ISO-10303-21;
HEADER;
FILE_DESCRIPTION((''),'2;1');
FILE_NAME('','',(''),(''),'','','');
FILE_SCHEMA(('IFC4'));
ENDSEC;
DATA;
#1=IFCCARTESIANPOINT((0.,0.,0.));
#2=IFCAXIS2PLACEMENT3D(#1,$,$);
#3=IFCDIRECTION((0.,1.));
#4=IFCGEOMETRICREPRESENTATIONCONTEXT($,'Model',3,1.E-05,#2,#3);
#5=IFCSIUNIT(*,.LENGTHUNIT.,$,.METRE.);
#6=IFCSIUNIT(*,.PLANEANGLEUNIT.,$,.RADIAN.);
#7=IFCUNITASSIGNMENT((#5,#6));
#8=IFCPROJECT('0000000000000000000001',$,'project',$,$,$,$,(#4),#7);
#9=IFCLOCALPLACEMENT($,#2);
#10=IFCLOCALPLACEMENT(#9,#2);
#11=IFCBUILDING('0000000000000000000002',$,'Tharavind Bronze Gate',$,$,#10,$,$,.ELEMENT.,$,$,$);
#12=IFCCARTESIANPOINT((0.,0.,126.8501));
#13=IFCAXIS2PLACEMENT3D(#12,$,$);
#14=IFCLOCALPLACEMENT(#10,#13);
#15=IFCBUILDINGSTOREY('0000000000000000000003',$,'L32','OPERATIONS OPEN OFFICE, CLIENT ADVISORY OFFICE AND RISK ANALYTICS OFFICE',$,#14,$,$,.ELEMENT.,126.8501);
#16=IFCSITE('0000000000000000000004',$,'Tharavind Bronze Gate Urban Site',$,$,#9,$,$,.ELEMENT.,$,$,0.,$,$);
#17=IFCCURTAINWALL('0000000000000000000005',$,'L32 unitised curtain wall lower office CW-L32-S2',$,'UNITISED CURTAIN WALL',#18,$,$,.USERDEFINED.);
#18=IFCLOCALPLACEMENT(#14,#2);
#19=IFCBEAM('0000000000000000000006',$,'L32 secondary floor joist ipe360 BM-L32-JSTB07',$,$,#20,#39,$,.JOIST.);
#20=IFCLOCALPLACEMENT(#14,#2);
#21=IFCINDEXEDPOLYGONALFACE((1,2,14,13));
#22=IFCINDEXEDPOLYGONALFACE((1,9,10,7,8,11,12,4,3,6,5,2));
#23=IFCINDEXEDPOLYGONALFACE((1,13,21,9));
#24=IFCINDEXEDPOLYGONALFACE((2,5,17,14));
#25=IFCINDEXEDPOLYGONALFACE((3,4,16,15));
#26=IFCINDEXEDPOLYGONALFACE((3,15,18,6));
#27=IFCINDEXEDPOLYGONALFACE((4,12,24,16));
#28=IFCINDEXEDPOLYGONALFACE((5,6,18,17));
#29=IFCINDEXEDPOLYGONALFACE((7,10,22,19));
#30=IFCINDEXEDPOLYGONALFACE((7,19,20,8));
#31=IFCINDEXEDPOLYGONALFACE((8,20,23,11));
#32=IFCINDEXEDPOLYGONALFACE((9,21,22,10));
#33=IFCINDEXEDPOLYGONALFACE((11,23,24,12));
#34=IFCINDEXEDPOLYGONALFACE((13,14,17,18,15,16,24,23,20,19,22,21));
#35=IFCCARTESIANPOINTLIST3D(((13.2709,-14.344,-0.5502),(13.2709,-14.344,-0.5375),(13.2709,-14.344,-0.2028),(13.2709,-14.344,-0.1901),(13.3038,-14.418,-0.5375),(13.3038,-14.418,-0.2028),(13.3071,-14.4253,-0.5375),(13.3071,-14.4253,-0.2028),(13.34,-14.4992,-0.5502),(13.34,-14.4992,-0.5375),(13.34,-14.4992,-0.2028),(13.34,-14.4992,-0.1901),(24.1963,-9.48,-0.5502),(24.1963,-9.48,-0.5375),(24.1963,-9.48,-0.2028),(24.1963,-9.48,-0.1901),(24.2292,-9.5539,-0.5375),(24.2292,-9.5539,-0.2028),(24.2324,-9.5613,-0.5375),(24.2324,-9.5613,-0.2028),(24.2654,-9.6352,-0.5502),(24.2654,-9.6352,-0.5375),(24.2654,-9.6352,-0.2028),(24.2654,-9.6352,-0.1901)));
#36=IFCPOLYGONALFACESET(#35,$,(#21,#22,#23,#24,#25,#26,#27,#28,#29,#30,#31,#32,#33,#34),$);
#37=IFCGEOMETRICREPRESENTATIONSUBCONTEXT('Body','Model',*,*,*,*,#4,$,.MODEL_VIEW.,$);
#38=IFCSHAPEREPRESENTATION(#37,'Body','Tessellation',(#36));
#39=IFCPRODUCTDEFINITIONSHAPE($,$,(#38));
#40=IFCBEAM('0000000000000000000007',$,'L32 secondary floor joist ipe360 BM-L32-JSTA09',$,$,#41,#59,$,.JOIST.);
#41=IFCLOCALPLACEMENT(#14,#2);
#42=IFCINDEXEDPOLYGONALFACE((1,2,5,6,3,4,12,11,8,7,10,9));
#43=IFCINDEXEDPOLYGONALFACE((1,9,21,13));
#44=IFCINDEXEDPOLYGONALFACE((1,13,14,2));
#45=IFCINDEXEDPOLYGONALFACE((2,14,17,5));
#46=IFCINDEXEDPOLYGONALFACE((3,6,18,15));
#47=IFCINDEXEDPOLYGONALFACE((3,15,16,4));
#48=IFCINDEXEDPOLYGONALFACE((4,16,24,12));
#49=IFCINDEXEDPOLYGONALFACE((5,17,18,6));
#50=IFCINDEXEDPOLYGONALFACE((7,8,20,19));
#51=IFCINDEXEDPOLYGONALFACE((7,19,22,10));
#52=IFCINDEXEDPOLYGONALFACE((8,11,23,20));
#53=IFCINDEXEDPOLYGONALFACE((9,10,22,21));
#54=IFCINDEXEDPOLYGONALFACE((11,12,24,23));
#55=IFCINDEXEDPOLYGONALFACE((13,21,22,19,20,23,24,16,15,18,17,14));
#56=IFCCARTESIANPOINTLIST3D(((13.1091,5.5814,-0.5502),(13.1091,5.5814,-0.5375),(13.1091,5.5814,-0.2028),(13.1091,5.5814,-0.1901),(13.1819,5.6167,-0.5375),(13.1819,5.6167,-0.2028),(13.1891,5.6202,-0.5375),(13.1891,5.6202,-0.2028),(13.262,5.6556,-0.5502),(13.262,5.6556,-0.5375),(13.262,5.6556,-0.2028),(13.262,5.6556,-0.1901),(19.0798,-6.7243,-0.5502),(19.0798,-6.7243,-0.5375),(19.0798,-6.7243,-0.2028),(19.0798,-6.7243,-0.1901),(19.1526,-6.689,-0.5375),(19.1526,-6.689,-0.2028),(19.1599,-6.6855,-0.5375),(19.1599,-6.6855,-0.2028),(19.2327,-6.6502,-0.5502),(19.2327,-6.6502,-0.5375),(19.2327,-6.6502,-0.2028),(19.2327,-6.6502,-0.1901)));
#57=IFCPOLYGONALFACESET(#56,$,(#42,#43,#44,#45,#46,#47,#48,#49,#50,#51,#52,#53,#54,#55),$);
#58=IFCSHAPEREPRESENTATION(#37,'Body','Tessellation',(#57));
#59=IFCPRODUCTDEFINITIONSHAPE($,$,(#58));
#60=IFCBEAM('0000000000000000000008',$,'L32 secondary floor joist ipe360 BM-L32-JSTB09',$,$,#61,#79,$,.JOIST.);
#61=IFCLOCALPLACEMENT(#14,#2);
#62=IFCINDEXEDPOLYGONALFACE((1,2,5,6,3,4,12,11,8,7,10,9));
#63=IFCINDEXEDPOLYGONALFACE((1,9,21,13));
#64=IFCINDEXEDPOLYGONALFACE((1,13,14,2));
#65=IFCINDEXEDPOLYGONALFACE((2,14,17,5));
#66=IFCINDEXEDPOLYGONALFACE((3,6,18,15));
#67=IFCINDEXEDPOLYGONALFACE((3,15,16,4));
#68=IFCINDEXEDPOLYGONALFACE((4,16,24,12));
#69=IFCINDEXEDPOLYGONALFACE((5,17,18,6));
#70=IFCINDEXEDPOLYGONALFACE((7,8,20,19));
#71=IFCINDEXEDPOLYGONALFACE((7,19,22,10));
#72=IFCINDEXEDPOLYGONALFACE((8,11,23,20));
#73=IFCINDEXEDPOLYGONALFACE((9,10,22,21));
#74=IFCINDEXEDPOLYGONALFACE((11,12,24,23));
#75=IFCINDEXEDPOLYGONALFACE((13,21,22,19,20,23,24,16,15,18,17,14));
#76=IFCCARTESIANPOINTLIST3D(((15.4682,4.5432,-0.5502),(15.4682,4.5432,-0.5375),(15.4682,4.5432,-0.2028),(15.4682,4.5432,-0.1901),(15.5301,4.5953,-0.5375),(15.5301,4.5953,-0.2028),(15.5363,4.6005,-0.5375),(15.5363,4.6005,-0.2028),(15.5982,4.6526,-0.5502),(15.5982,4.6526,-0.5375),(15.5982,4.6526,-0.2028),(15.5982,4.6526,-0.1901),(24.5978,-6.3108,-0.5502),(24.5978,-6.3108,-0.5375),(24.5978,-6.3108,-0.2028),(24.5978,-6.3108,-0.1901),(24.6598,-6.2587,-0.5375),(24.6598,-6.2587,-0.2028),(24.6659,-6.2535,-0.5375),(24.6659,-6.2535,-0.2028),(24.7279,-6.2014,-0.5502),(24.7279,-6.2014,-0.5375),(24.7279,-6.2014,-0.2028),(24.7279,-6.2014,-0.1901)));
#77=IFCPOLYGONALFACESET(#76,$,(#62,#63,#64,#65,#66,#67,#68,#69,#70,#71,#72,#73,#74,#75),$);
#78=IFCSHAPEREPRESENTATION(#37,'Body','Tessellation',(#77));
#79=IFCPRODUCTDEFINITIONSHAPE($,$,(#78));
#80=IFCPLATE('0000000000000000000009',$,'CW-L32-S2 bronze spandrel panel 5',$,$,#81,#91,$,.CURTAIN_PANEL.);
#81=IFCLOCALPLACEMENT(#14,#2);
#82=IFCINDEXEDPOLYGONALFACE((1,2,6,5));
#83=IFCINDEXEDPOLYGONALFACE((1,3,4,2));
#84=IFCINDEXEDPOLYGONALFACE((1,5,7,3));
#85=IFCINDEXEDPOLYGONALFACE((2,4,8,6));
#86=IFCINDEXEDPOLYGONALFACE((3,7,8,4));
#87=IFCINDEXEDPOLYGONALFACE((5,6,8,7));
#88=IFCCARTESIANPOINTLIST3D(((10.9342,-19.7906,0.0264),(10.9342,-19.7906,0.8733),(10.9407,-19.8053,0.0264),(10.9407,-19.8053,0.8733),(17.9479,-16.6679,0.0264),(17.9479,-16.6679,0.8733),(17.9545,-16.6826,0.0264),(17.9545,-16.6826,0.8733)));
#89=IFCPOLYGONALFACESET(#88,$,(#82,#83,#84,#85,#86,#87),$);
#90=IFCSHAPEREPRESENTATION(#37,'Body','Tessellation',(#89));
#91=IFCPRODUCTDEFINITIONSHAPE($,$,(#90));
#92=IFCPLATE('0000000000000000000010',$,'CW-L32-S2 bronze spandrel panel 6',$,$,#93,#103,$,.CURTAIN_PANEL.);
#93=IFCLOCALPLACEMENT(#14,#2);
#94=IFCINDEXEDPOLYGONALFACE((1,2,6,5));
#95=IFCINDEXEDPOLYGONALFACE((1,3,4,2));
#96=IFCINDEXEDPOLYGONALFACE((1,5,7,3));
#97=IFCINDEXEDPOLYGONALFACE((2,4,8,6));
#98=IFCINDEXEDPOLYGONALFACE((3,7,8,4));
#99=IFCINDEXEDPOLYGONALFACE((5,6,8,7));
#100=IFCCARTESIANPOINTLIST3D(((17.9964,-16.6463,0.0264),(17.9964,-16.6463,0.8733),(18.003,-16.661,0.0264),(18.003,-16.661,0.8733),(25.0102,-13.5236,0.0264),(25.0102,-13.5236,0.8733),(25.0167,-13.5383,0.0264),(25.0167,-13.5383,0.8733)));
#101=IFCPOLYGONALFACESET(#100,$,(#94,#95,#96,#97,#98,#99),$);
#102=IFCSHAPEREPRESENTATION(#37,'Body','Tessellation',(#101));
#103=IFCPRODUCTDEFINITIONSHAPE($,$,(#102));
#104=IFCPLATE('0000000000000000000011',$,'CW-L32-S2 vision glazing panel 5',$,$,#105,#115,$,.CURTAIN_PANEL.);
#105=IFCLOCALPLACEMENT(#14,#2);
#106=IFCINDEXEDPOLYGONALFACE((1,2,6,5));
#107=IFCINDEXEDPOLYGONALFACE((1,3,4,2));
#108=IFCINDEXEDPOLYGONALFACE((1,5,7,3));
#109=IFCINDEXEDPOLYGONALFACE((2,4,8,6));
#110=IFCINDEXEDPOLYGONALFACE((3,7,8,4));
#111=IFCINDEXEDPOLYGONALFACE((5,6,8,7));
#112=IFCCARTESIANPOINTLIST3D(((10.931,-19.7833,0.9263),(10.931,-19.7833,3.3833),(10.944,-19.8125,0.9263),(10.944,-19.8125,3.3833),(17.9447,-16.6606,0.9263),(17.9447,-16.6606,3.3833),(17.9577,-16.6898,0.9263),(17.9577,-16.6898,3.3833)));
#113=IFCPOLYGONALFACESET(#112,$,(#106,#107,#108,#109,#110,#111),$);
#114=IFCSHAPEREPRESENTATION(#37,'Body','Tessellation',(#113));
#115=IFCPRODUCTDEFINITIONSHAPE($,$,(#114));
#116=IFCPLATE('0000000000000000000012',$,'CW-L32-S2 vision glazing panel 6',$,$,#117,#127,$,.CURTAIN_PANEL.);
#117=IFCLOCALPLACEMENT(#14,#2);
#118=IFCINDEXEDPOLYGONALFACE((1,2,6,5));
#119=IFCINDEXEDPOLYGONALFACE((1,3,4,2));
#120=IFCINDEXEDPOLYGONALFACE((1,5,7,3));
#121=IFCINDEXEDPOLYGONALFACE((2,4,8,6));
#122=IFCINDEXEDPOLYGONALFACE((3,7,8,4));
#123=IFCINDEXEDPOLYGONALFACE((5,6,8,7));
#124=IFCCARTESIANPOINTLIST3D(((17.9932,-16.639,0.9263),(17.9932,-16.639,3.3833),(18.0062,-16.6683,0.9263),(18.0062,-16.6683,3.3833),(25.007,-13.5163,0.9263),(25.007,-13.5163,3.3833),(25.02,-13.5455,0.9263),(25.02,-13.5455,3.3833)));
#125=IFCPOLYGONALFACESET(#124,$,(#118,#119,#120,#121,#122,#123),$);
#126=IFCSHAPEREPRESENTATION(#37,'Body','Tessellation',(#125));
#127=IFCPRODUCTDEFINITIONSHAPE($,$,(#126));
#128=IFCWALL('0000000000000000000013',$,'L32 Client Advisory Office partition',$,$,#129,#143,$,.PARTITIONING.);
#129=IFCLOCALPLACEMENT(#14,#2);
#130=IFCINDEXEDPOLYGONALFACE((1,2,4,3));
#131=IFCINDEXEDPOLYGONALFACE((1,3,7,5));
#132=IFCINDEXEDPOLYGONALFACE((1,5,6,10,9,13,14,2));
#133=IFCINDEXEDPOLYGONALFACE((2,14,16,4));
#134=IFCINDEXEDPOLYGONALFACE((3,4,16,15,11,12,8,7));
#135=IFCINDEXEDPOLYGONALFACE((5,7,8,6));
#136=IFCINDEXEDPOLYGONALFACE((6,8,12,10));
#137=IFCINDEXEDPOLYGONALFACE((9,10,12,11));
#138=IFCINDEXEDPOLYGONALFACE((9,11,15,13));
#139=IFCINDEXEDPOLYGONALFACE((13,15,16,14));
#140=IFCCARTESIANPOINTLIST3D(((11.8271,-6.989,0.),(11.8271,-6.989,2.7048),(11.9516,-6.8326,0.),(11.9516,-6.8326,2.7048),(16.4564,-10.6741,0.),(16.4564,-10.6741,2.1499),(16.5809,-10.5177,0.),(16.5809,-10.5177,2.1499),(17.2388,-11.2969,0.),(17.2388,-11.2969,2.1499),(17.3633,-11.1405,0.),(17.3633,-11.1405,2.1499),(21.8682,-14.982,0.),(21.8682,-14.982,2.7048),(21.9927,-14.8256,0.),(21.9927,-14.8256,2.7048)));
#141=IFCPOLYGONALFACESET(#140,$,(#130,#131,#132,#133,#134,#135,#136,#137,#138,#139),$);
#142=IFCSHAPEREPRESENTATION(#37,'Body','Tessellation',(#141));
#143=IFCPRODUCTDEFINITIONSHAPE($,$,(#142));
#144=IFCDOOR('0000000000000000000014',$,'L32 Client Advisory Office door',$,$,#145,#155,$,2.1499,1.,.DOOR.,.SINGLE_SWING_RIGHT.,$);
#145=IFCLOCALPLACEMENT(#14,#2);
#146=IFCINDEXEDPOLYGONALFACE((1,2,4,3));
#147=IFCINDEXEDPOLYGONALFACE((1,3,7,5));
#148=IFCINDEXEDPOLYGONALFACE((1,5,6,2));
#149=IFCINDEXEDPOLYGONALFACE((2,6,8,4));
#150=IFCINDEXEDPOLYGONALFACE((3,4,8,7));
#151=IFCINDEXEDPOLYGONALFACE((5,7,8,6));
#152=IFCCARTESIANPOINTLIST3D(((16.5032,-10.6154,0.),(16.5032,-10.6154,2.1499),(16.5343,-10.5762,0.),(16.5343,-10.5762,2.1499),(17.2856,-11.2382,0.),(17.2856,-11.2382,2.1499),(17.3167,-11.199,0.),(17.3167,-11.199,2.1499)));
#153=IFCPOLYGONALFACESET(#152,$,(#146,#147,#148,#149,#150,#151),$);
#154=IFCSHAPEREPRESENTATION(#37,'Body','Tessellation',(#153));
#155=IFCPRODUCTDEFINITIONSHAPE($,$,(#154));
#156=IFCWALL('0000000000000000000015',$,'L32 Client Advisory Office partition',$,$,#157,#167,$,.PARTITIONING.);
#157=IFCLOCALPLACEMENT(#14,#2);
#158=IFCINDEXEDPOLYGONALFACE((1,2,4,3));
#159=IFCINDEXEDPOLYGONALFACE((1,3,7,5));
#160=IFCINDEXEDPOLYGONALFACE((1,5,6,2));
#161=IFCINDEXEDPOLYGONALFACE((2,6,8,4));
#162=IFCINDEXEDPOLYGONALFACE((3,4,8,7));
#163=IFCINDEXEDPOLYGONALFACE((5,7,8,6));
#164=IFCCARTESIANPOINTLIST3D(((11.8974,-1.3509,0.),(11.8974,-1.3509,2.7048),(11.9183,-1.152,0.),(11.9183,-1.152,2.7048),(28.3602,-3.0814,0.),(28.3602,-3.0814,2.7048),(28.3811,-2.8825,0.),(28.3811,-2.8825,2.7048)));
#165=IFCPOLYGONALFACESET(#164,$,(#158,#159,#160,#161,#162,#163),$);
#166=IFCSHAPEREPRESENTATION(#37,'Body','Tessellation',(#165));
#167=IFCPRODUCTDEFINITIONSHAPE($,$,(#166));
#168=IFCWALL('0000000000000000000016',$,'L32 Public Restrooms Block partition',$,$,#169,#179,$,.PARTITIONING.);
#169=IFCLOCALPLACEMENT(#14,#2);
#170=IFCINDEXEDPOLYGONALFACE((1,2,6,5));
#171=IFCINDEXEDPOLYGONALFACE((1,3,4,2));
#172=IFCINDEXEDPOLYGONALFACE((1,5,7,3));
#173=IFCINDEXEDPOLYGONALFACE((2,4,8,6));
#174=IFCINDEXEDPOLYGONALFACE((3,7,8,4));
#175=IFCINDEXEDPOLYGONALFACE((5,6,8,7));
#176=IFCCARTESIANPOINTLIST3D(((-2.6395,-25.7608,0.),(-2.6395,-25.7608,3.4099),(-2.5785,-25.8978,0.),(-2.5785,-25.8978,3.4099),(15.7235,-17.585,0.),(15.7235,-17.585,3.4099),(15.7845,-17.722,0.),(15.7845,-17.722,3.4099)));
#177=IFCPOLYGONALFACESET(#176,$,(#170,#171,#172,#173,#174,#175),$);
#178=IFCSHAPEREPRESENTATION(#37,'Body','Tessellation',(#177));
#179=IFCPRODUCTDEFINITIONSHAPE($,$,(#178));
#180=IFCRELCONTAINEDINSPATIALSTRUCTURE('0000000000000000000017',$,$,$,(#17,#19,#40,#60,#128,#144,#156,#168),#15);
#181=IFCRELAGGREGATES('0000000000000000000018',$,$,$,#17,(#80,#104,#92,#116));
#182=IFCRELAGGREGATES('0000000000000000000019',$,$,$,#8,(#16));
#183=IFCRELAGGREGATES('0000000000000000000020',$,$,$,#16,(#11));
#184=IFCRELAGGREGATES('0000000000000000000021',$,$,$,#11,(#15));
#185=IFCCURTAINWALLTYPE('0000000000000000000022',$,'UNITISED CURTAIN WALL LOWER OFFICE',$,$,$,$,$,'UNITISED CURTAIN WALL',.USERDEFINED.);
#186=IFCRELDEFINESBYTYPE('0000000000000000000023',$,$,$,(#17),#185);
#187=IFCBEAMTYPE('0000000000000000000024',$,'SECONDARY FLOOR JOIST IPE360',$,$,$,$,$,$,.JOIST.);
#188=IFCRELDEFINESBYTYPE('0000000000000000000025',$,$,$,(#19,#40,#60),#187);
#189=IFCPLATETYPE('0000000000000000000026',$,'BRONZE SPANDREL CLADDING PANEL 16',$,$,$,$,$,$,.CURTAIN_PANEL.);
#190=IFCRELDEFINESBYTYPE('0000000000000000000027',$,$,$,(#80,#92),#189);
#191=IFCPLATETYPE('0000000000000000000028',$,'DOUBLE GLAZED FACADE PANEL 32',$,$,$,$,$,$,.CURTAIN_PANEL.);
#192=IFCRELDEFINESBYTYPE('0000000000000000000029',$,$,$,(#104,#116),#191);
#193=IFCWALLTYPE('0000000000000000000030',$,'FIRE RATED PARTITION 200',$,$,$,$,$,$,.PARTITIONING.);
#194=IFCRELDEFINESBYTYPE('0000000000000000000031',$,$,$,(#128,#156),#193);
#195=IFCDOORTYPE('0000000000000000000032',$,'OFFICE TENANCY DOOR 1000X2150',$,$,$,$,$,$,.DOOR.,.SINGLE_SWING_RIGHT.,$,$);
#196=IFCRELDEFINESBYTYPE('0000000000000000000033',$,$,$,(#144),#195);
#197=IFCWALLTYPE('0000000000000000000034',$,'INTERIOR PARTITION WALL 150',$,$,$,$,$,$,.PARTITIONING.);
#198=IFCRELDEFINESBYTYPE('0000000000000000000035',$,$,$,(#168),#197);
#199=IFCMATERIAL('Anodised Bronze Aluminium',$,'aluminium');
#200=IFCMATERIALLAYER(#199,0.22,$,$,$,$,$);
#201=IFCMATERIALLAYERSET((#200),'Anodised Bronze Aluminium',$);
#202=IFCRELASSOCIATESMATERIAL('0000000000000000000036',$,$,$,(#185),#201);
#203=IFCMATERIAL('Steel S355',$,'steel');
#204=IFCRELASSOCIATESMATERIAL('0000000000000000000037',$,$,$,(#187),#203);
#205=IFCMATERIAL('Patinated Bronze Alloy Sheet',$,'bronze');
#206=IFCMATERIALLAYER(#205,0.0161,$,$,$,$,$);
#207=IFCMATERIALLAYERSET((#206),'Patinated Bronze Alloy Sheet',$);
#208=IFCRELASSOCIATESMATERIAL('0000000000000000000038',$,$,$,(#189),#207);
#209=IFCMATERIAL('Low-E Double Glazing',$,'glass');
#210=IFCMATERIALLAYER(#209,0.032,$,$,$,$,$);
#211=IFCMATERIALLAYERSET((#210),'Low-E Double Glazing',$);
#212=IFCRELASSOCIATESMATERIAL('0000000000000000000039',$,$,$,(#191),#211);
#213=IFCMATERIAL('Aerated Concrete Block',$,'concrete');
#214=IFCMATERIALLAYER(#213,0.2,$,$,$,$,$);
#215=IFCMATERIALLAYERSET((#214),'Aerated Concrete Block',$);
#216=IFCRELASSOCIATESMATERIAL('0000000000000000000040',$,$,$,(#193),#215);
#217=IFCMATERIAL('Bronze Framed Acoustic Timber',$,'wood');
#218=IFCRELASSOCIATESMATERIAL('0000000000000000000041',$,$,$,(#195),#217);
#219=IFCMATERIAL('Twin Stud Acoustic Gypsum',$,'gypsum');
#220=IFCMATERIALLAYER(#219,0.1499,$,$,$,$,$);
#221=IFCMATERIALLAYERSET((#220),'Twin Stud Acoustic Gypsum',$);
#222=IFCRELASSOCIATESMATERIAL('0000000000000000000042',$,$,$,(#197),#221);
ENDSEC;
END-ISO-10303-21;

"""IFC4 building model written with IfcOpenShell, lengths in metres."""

from ifc_helpers import new_model, si_unit, direction, frame, frame_2d, origin, origin_2d, place, context, subcontext, project, spatial, rectangle, i_section, extrude, material, layer, layer_set, material_profile, profile_set, type_object, element, fill, aggregate, save


model = new_model("IFC4")

# Units and contexts
model_context = context("Model", 3, precision=1e-05, world=origin(), true_north=direction((0.0, 1.0)))
body_context = subcontext(model_context, "Body", "Model", "MODEL_VIEW")
ifc_project = project(units=[si_unit("LENGTHUNIT", "METRE"), si_unit("PLANEANGLEUNIT", "RADIAN")], contexts=[model_context])

# Site, building, storey
site_placement = place(None, origin())
site = spatial("IfcSite", under=ifc_project, at=site_placement, Name="Tharavind Bronze Gate Urban Site", CompositionType="ELEMENT", RefElevation=0.0)
building_placement = place(site_placement, origin())
building = spatial("IfcBuilding", under=site, at=building_placement, Name="Tharavind Bronze Gate", CompositionType="ELEMENT")
storey_placement = place(building_placement, frame((0.0, 0.0, 126.8501)))
storey = spatial("IfcBuildingStorey", under=building, at=storey_placement, Name="L32", Description="OPERATIONS OPEN OFFICE, CLIENT ADVISORY OFFICE AND RISK ANALYTICS OFFICE", CompositionType="ELEMENT", Elevation=126.8501)

# Curtain wall
ifc_material_1 = material(Name="Anodised Bronze Aluminium", Category="aluminium")
ifc_layer_1 = layer(ifc_material_1, 0.22)
ifc_layer_set_1 = layer_set([ifc_layer_1], Name="Anodised Bronze Aluminium")
curtain_wall_type = type_object("IfcCurtainWallType", Name="UNITISED CURTAIN WALL LOWER OFFICE", ElementType="UNITISED CURTAIN WALL", PredefinedType="USERDEFINED", material=ifc_layer_set_1)
curtain_wall_placement = place(storey_placement, origin())
curtain_wall = element("IfcCurtainWall", 1, at=curtain_wall_placement, inside=storey, type_object=curtain_wall_type, Name="L32 unitised curtain wall lower office CW-L32-S2", ObjectType="UNITISED CURTAIN WALL", PredefinedType="USERDEFINED")

# Beams
ifc_material_2 = material(Name="Steel S355", Category="steel")
ifc_material_profile_1 = material_profile(ifc_material_2, i_section(OverallWidth=0.1699, OverallDepth=0.3601, WebThickness=0.0081, FlangeThickness=0.0127, at=origin_2d()), Name="IPE360")
ifc_profile_set_1 = profile_set([ifc_material_profile_1], Name="Steel S355")
beam_type_1 = type_object("IfcBeamType", Name="SECONDARY FLOOR JOIST IPE360", PredefinedType="JOIST", material=ifc_profile_set_1)
beam_1_placement = place(storey_placement, frame((13.3054, -14.4216, -0.3701), z_axis=(0.913553, 0.40672, 0.0), x_axis=(-0.40672, 0.913553, 0.0)))
element("IfcBeam", 2, at=beam_1_placement, inside=storey, type_object=beam_type_1, Name="L32 secondary floor joist ipe360 BM-L32-JSTB07", PredefinedType="JOIST", context=body_context, shape_type="SweptSolid", body=[
    extrude(i_section(OverallWidth=0.1699, OverallDepth=0.3601, WebThickness=0.0081, FlangeThickness=0.0127, at=origin_2d()), origin(), (0.0, 0.0, 1.0), 11.9592),
])
beam_2_placement = place(storey_placement, frame((19.1562, -6.6873, -0.3701), z_axis=(-0.436529, 0.89969, 0.0), x_axis=(-0.89969, -0.436529, 0.0)))
element("IfcBeam", 3, at=beam_2_placement, inside=storey, type_object=beam_type_1, Name="L32 secondary floor joist ipe360 BM-L32-JSTA09", PredefinedType="JOIST", context=body_context, shape_type="SweptSolid", body=[
    extrude(i_section(OverallWidth=0.1699, OverallDepth=0.3601, WebThickness=0.0081, FlangeThickness=0.0127, at=origin_2d()), origin(), (0.0, 0.0, 1.0), 13.6777),
])
beam_3_placement = place(storey_placement, frame((24.6628, -6.2561, -0.3701), z_axis=(-0.643699, 0.765278, 0.0), x_axis=(-0.765278, -0.643699, 0.0)))
element("IfcBeam", 4, at=beam_3_placement, inside=storey, type_object=beam_type_1, Name="L32 secondary floor joist ipe360 BM-L32-JSTB09", PredefinedType="JOIST", context=body_context, shape_type="SweptSolid", body=[
    extrude(i_section(OverallWidth=0.1699, OverallDepth=0.3601, WebThickness=0.0081, FlangeThickness=0.0127, at=origin_2d()), origin(), (0.0, 0.0, 1.0), 14.1831),
])

# Plates
ifc_material_3 = material(Name="Patinated Bronze Alloy Sheet", Category="bronze")
ifc_layer_2 = layer(ifc_material_3, 0.0161)
ifc_layer_set_2 = layer_set([ifc_layer_2], Name="Patinated Bronze Alloy Sheet")
plate_type_1 = type_object("IfcPlateType", Name="BRONZE SPANDREL CLADDING PANEL 16", PredefinedType="CURTAIN_PANEL", material=ifc_layer_set_2)
plate_1_placement = place(storey_placement, frame((14.4443, -18.2366, 0.0264), z_axis=(0.0, 0.0, 1.0), x_axis=(0.913545, 0.406737, 0.0)))
plate_1 = element("IfcPlate", 5, at=plate_1_placement, type_object=plate_type_1, Name="CW-L32-S2 bronze spandrel panel 5", PredefinedType="CURTAIN_PANEL", context=body_context, shape_type="SweptSolid", body=[
    extrude(rectangle(XDim=7.6775, YDim=0.0161, at=origin_2d()), origin(), (0.0, 0.0, 1.0), 0.8469),
])
plate_2_placement = place(storey_placement, frame((21.5066, -15.0923, 0.0264), z_axis=(0.0, 0.0, 1.0), x_axis=(0.913545, 0.406737, 0.0)))
plate_2 = element("IfcPlate", 6, at=plate_2_placement, type_object=plate_type_1, Name="CW-L32-S2 bronze spandrel panel 6", PredefinedType="CURTAIN_PANEL", context=body_context, shape_type="SweptSolid", body=[
    extrude(rectangle(XDim=7.6775, YDim=0.0161, at=origin_2d()), origin(), (0.0, 0.0, 1.0), 0.8469),
])
ifc_material_4 = material(Name="Low-E Double Glazing", Category="glass")
ifc_layer_3 = layer(ifc_material_4, 0.032)
ifc_layer_set_3 = layer_set([ifc_layer_3], Name="Low-E Double Glazing")
plate_type_2 = type_object("IfcPlateType", Name="DOUBLE GLAZED FACADE PANEL 32", PredefinedType="CURTAIN_PANEL", material=ifc_layer_set_3)
plate_3_placement = place(storey_placement, frame((14.4443, -18.2366, 0.9263), z_axis=(0.0, 0.0, 1.0), x_axis=(0.913545, 0.406737, 0.0)))
plate_3 = element("IfcPlate", 7, at=plate_3_placement, type_object=plate_type_2, Name="CW-L32-S2 vision glazing panel 5", PredefinedType="CURTAIN_PANEL", context=body_context, shape_type="SweptSolid", body=[
    extrude(rectangle(XDim=7.6775, YDim=0.032, at=origin_2d()), origin(), (0.0, 0.0, 1.0), 2.457),
])
plate_4_placement = place(storey_placement, frame((21.5066, -15.0923, 0.9263), z_axis=(0.0, 0.0, 1.0), x_axis=(0.913545, 0.406737, 0.0)))
plate_4 = element("IfcPlate", 8, at=plate_4_placement, type_object=plate_type_2, Name="CW-L32-S2 vision glazing panel 6", PredefinedType="CURTAIN_PANEL", context=body_context, shape_type="SweptSolid", body=[
    extrude(rectangle(XDim=7.6775, YDim=0.032, at=origin_2d()), origin(), (0.0, 0.0, 1.0), 2.457),
])
aggregate(curtain_wall, [plate_1, plate_3, plate_2, plate_4])

# Wall, opening, door
ifc_material_5 = material(Name="Aerated Concrete Block", Category="concrete")
ifc_layer_4 = layer(ifc_material_5, 0.2)
ifc_layer_set_4 = layer_set([ifc_layer_4], Name="Aerated Concrete Block")
wall_type_1 = type_object("IfcWallType", Name="FIRE RATED PARTITION 200", PredefinedType="PARTITIONING", material=ifc_layer_set_4)
wall_1_placement = place(storey_placement, frame((21.9304, -14.9038, 0.0), z_axis=(0.0, 0.0, 1.0), x_axis=(-0.782383, 0.622798, 0.0)))
wall_1 = element("IfcWall", 9, at=wall_1_placement, inside=storey, type_object=wall_type_1, Name="L32 Client Advisory Office partition", PredefinedType="PARTITIONING", context=body_context, shape_type="SweptSolid", body=[
    extrude(rectangle(XDim=12.834, YDim=0.2, at=frame_2d((6.417, 0.0))), origin(), (0.0, 0.0, 1.0), 2.7048),
])
opening_placement = place(wall_1_placement, frame((5.917, 0.0, 0.0)))
opening = element("IfcOpeningElement", 10, at=opening_placement, cuts=wall_1, PredefinedType="OPENING", context=body_context, shape_type="SweptSolid", body=[
    extrude(rectangle(XDim=1.0, YDim=2.1499, at=frame_2d((0.5, 1.075))), frame((0.0, 0.1101, 0.0), z_axis=(0.0, -1.0, 0.0), x_axis=(1.0, 0.0, 0.0)), (0.0, 0.0, 1.0), 0.22),
])
ifc_material_6 = material(Name="Bronze Framed Acoustic Timber", Category="wood")
door_type = type_object("IfcDoorType", Name="OFFICE TENANCY DOOR 1000X2150", OperationType="SINGLE_SWING_RIGHT", PredefinedType="DOOR", material=ifc_material_6)
door_placement = place(opening_placement, origin())
door = element("IfcDoor", 11, at=door_placement, inside=storey, type_object=door_type, Name="L32 Client Advisory Office door", OperationType="SINGLE_SWING_RIGHT", OverallHeight=2.1499, OverallWidth=1.0, PredefinedType="DOOR", context=body_context, shape_type="SweptSolid", body=[
    extrude(rectangle(XDim=1.0, YDim=2.1499, at=frame_2d((0.5, 1.075))), frame((0.0, 0.0249, 0.0), z_axis=(0.0, -1.0, 0.0), x_axis=(1.0, 0.0, 0.0)), (0.0, 0.0, 1.0), 0.05),
])
fill(opening, door)

# Walls
wall_2_placement = place(storey_placement, frame((11.9077, -1.2515, 0.0), z_axis=(0.0, 0.0, 1.0), x_axis=(0.994521, -0.104537, 0.0)))
element("IfcWall", 12, at=wall_2_placement, inside=storey, type_object=wall_type_1, Name="L32 Client Advisory Office partition", PredefinedType="PARTITIONING", context=body_context, shape_type="SweptSolid", body=[
    extrude(rectangle(XDim=16.5535, YDim=0.2, at=frame_2d((8.2769, 0.0))), origin(), (0.0, 0.0, 1.0), 2.7048),
])
ifc_material_7 = material(Name="Twin Stud Acoustic Gypsum", Category="gypsum")
ifc_layer_5 = layer(ifc_material_7, 0.1499)
ifc_layer_set_5 = layer_set([ifc_layer_5], Name="Twin Stud Acoustic Gypsum")
wall_type_2 = type_object("IfcWallType", Name="INTERIOR PARTITION WALL 150", PredefinedType="PARTITIONING", material=ifc_layer_set_5)
wall_3_placement = place(storey_placement, frame((15.7539, -17.6536, 0.0), z_axis=(0.0, 0.0, 1.0), x_axis=(-0.913545, -0.406738, 0.0)))
element("IfcWall", 13, at=wall_3_placement, inside=storey, type_object=wall_type_2, Name="L32 Public Restrooms Block partition", PredefinedType="PARTITIONING", context=body_context, shape_type="SweptSolid", body=[
    extrude(rectangle(XDim=20.1008, YDim=0.1499, at=frame_2d((10.0503, 0.0))), origin(), (0.0, 0.0, 1.0), 3.4099),
])

save(model, "model.ifc")
